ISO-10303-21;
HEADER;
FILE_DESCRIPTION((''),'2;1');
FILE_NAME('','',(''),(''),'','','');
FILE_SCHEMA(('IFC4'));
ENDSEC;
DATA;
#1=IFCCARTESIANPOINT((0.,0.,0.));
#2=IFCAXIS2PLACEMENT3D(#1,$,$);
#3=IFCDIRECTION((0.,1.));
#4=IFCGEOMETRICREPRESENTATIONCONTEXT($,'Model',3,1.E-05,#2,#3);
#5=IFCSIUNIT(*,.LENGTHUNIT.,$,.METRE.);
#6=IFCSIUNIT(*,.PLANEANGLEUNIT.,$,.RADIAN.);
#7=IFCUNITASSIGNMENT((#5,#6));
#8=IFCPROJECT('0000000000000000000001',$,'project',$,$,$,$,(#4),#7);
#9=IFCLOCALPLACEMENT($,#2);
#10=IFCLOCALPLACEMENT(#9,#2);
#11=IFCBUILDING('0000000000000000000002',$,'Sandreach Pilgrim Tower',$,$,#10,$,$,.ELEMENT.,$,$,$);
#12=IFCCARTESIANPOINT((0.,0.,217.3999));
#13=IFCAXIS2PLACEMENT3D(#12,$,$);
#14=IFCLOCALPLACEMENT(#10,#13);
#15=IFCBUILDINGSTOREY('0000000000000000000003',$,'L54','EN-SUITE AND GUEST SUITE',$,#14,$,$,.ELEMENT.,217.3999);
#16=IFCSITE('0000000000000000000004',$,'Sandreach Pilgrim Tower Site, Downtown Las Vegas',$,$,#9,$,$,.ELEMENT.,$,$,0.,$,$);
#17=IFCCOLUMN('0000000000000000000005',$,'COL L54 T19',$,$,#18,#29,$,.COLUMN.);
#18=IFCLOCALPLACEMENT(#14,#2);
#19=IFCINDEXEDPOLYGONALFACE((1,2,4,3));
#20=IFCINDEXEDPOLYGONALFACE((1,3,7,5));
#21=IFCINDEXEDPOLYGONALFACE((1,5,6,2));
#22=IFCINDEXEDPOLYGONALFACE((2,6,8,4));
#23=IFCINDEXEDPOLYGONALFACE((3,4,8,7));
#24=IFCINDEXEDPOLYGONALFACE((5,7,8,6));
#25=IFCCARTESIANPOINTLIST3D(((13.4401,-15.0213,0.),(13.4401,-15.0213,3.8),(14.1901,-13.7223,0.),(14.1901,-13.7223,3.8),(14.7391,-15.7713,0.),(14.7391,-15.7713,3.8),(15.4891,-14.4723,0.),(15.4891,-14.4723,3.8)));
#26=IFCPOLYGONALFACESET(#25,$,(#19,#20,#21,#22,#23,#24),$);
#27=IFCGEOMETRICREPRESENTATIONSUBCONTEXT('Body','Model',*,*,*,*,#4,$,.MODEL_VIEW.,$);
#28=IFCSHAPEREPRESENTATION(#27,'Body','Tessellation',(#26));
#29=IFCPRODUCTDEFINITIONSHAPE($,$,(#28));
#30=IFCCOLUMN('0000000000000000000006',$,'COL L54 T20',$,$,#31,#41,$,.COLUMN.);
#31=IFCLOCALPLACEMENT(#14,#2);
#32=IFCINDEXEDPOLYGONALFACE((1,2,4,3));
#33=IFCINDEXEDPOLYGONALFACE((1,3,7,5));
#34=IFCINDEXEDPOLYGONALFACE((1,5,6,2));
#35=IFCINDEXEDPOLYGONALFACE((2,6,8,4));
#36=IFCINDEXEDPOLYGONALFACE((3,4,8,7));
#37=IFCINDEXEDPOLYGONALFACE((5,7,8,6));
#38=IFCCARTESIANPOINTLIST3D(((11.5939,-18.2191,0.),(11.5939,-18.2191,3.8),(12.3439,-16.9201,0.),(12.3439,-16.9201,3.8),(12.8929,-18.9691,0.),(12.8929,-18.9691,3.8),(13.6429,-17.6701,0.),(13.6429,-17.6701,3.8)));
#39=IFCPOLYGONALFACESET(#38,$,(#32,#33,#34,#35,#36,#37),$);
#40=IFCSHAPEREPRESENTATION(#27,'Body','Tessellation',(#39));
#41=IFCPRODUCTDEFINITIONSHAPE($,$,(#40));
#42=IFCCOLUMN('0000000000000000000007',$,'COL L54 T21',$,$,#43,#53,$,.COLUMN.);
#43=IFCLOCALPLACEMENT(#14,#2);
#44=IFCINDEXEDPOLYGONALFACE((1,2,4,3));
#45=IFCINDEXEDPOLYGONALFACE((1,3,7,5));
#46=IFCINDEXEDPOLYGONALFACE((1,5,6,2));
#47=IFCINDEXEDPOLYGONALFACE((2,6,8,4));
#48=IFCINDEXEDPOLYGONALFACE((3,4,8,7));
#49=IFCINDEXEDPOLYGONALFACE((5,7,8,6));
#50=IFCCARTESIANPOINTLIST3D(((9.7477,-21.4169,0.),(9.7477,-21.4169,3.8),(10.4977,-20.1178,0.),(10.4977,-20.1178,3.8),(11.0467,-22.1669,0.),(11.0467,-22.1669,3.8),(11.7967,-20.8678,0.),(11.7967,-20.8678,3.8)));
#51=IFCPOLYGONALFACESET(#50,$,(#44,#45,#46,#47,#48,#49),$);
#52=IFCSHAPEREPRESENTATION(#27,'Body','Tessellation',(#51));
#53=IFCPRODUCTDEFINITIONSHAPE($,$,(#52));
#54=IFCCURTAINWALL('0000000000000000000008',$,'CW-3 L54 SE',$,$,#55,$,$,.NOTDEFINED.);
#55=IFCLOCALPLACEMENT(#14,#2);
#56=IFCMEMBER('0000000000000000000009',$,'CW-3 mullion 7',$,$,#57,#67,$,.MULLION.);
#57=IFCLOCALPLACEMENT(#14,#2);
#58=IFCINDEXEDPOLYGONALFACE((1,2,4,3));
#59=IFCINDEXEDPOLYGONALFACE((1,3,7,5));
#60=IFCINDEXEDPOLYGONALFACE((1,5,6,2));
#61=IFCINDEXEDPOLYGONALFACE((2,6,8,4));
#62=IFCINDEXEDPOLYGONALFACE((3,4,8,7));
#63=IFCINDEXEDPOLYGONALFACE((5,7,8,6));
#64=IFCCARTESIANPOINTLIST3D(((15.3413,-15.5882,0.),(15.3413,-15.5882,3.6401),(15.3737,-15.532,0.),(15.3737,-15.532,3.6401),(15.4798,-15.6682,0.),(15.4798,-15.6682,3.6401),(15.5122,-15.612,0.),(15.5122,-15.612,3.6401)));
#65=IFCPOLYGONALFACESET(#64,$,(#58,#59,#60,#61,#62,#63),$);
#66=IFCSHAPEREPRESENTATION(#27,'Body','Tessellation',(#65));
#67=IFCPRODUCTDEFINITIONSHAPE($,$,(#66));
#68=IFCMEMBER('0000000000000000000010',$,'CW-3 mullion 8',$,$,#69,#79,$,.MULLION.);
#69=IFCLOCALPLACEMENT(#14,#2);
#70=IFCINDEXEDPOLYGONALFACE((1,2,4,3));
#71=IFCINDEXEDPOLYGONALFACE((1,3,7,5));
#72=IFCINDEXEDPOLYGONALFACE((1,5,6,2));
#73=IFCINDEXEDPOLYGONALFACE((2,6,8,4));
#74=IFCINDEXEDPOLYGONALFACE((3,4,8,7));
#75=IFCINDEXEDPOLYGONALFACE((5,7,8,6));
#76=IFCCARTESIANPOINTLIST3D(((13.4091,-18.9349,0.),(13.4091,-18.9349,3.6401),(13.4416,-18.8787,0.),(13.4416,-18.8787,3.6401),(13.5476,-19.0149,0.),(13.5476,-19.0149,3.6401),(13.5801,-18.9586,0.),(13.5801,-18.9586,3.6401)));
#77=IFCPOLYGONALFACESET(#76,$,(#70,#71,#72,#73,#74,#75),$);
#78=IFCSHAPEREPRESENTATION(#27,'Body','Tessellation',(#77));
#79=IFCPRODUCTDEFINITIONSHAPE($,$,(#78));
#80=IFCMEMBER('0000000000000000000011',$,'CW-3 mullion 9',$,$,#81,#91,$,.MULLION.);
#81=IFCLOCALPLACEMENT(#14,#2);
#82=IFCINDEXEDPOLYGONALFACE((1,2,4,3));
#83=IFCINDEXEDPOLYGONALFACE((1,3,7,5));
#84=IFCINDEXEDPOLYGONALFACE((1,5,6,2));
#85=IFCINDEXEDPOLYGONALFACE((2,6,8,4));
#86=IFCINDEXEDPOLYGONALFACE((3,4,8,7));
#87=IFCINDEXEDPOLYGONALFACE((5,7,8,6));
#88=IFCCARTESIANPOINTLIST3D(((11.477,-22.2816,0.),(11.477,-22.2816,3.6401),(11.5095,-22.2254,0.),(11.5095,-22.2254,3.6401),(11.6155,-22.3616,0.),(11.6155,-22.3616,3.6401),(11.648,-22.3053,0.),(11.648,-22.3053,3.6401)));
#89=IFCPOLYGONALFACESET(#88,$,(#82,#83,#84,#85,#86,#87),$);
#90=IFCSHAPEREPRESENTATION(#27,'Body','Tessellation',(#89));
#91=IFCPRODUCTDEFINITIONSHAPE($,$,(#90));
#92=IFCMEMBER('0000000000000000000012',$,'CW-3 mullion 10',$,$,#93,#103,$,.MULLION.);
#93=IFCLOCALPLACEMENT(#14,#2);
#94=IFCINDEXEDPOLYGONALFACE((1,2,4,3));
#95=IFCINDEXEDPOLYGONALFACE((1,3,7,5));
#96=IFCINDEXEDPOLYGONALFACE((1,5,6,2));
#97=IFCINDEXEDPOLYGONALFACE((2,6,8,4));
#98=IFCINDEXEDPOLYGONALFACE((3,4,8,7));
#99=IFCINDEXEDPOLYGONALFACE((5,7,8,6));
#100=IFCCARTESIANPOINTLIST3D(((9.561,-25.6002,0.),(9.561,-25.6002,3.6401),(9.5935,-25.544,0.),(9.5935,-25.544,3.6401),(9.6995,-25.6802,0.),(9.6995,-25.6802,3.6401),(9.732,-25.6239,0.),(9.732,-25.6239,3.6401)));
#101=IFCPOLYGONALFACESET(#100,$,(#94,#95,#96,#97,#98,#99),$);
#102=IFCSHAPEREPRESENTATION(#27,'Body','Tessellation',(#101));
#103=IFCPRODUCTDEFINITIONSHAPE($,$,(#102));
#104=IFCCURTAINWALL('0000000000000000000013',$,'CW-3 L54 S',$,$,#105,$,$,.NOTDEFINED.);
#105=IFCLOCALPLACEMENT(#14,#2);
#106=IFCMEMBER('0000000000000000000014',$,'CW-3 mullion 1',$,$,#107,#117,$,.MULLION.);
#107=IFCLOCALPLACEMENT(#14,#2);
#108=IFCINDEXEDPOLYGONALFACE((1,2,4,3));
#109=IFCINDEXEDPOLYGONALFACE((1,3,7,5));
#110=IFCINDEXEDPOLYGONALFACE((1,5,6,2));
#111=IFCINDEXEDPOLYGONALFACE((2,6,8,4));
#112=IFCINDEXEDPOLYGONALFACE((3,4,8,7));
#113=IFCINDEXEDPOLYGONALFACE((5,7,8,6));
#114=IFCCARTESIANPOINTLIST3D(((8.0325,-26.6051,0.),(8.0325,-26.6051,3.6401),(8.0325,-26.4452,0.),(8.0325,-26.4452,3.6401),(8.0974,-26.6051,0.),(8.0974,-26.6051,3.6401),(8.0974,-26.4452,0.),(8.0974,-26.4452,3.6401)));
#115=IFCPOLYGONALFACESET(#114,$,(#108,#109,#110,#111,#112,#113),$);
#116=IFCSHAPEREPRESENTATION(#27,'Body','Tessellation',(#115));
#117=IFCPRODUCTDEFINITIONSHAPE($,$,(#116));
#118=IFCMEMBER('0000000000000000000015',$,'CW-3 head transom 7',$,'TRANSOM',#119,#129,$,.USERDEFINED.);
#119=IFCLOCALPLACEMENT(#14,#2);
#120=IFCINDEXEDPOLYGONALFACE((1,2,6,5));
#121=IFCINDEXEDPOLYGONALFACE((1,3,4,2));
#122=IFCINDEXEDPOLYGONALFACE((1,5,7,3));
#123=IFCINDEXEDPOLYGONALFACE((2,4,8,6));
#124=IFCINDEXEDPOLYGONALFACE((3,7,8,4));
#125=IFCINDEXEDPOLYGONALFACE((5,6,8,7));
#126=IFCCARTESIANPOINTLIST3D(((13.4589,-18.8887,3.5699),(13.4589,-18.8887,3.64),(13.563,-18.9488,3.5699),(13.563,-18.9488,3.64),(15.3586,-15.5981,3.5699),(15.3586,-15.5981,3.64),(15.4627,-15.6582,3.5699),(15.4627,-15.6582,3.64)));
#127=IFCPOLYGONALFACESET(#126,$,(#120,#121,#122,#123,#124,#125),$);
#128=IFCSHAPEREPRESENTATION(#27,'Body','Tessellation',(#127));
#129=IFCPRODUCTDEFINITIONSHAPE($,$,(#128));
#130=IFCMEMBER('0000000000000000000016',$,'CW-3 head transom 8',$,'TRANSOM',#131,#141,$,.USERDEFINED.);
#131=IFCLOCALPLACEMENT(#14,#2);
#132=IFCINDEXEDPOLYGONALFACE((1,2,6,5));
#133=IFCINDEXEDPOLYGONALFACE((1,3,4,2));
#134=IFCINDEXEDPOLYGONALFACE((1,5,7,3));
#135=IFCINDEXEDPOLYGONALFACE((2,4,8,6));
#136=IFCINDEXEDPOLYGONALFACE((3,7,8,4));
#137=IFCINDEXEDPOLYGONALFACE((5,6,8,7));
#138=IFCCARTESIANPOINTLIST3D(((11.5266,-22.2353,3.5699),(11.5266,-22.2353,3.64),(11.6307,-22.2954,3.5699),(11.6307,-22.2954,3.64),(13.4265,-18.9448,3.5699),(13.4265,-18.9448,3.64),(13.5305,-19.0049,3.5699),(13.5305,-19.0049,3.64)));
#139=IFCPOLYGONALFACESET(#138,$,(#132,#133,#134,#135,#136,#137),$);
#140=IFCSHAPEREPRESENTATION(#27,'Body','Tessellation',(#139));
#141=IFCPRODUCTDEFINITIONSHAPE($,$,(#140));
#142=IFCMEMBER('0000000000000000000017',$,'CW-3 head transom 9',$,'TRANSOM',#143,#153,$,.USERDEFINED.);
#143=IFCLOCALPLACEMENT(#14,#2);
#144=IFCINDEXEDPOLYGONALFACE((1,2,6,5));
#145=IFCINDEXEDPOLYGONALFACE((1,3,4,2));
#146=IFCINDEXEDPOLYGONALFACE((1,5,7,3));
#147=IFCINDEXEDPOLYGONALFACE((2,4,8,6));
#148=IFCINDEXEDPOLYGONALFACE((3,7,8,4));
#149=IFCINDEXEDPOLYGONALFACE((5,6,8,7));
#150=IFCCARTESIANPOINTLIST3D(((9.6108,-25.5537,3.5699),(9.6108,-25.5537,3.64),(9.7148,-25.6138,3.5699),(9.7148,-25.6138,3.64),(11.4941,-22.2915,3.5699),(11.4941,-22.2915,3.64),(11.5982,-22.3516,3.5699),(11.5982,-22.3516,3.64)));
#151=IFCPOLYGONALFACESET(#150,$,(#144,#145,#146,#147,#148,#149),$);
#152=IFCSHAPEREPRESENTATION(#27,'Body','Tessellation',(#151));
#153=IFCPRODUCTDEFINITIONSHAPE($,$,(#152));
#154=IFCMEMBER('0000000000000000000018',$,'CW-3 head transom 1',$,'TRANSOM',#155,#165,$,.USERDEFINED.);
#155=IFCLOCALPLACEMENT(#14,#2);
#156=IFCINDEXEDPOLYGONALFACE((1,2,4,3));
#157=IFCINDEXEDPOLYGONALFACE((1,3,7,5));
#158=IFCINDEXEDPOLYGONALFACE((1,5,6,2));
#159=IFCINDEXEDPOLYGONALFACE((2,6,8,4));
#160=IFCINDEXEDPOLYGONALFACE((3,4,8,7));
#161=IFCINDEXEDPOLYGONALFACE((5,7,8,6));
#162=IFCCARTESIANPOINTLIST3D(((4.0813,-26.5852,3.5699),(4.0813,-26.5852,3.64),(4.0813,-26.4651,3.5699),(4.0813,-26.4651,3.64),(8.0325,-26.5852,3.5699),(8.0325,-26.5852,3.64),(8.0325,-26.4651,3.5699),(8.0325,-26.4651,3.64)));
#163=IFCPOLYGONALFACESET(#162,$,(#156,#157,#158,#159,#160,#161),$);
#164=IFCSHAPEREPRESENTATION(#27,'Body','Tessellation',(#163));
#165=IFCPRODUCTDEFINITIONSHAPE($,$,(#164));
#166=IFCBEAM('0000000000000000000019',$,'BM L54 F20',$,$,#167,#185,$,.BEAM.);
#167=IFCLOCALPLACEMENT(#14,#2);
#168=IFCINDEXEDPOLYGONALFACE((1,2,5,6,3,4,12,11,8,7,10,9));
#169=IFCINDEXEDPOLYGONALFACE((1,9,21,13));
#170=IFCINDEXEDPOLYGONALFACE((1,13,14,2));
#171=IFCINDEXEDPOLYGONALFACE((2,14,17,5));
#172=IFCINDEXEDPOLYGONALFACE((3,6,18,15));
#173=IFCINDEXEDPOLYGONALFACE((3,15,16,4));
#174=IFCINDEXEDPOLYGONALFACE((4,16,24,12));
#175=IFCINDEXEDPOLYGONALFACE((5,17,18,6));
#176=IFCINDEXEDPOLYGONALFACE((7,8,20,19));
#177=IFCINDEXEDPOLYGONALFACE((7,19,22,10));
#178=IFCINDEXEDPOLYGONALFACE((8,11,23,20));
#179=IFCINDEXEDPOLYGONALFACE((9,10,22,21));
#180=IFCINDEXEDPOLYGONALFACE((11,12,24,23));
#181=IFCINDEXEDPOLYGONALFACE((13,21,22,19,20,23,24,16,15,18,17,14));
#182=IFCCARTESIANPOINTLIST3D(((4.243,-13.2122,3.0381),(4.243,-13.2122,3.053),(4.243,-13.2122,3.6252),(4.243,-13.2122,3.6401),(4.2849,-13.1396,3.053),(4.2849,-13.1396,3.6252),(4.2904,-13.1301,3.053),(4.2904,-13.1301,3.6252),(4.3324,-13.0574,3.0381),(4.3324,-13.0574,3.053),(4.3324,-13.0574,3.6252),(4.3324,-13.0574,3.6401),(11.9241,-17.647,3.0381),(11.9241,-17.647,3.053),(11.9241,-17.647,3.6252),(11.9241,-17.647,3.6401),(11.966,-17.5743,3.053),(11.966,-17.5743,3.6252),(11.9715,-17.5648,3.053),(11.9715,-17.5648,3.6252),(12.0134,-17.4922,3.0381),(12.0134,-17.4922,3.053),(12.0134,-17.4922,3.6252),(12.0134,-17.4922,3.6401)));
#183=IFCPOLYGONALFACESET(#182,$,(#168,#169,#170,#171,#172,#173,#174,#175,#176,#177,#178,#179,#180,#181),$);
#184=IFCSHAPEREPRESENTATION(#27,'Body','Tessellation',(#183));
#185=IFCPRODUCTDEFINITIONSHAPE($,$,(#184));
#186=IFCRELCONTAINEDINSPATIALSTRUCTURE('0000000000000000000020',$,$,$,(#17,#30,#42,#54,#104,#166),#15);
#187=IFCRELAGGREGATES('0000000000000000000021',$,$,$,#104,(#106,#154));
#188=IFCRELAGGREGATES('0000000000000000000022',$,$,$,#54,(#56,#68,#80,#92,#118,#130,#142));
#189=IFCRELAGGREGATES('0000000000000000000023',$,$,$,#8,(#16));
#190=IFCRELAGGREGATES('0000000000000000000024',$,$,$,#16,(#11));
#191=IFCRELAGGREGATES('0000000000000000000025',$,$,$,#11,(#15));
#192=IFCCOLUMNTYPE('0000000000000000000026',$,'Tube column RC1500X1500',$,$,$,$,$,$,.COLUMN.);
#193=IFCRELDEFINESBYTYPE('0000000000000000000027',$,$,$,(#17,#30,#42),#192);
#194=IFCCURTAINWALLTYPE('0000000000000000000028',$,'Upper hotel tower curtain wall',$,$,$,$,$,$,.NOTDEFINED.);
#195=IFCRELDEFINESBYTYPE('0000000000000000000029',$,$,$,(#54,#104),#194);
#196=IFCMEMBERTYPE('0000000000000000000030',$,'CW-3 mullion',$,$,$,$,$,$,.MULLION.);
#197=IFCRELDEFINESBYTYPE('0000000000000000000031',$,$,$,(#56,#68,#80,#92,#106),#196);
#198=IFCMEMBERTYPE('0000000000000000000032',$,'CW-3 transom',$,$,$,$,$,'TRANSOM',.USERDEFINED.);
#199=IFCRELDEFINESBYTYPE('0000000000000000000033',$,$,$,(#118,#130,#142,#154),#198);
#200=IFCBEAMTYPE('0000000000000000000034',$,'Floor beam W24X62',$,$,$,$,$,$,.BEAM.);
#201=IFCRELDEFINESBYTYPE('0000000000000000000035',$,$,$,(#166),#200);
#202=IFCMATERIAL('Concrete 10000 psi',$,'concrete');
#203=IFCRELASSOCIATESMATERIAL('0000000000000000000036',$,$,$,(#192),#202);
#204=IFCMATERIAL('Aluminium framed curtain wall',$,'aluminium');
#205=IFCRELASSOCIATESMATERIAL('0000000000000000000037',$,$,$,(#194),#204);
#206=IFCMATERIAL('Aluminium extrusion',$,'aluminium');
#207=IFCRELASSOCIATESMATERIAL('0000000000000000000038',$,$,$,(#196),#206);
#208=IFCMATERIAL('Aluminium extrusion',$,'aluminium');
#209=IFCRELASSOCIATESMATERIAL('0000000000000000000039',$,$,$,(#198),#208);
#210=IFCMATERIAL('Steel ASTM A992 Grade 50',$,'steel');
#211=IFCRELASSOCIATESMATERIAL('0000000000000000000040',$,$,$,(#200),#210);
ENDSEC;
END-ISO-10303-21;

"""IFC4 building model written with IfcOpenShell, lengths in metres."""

from ifc_helpers import new_model, si_unit, direction, frame, origin, origin_2d, place, context, subcontext, project, spatial, rectangle, i_section, extrude, material, material_profile, profile_set, type_object, element, aggregate, save


model = new_model("IFC4")

# Units and contexts
model_context = context("Model", 3, precision=1e-05, world=origin(), true_north=direction((0.0, 1.0)))
body_context = subcontext(model_context, "Body", "Model", "MODEL_VIEW")
ifc_project = project(units=[si_unit("LENGTHUNIT", "METRE"), si_unit("PLANEANGLEUNIT", "RADIAN")], contexts=[model_context])

# Site, building, storey
site_placement = place(None, origin())
site = spatial("IfcSite", under=ifc_project, at=site_placement, Name="Sandreach Pilgrim Tower Site, Downtown Las Vegas", CompositionType="ELEMENT", RefElevation=0.0)
building_placement = place(site_placement, origin())
building = spatial("IfcBuilding", under=site, at=building_placement, Name="Sandreach Pilgrim Tower", CompositionType="ELEMENT")
storey_placement = place(building_placement, frame((0.0, 0.0, 217.3999)))
storey = spatial("IfcBuildingStorey", under=building, at=storey_placement, Name="L54", Description="EN-SUITE AND GUEST SUITE", CompositionType="ELEMENT", Elevation=217.3999)

# Columns
ifc_material_1 = material(Name="Concrete 10000 psi", Category="concrete")
ifc_material_profile_1 = material_profile(ifc_material_1, rectangle(XDim=1.5, YDim=1.5, at=origin_2d()), Name="RC1500X1500")
ifc_profile_set_1 = profile_set([ifc_material_profile_1], Name="Concrete 10000 psi")
column_type = type_object("IfcColumnType", Name="Tube column RC1500X1500", PredefinedType="COLUMN", material=ifc_profile_set_1)
for number, where, z_axis, x_axis, name in (
    (1, (14.4646, -14.7468, 0.0), (0.0, 0.0, 1.0), (0.866025, -0.5, 0.0), "COL L54 T19"),
    (2, (12.6184, -17.9446, 0.0), (0.0, 0.0, 1.0), (0.866025, -0.5, 0.0), "COL L54 T20"),
    (3, (10.7722, -21.1423, 0.0), (0.0, 0.0, 1.0), (0.866025, -0.5, 0.0), "COL L54 T21"),
):
    element("IfcColumn", number, at=place(storey_placement, frame(where, z_axis=z_axis, x_axis=x_axis)), inside=storey, type_object=column_type, Name=name, PredefinedType="COLUMN", context=body_context, shape_type="SweptSolid", body=[
        extrude(rectangle(XDim=1.5, YDim=1.5, at=origin_2d()), origin(), (0.0, 0.0, 1.0), 3.8),
    ])

# Curtain wall, members
ifc_material_2 = material(Name="Aluminium framed curtain wall", Category="aluminium")
curtain_wall_type = type_object("IfcCurtainWallType", Name="Upper hotel tower curtain wall", PredefinedType="NOTDEFINED", material=ifc_material_2)
curtain_wall_1_placement = place(storey_placement, origin())
curtain_wall_1 = element("IfcCurtainWall", 4, at=curtain_wall_1_placement, inside=storey, type_object=curtain_wall_type, Name="CW-3 L54 SE", PredefinedType="NOTDEFINED")
ifc_material_3 = material(Name="Aluminium extrusion", Category="aluminium")
ifc_material_profile_2 = material_profile(ifc_material_3, rectangle(XDim=0.0649, YDim=0.1599, at=origin_2d()), Name="CW-3M 65X160")
ifc_profile_set_2 = profile_set([ifc_material_profile_2], Name="Aluminium extrusion")
member_type_1 = type_object("IfcMemberType", Name="CW-3 mullion", PredefinedType="MULLION", material=ifc_profile_set_2)
member_1_placement = place(storey_placement, frame((15.4268, -15.6001, 0.0), z_axis=(0.0, 0.0, 1.0), x_axis=(-0.5, -0.866025, 0.0)))
member_1 = element("IfcMember", 5, at=member_1_placement, type_object=member_type_1, Name="CW-3 mullion 7", PredefinedType="MULLION", context=body_context, shape_type="SweptSolid", body=[
    extrude(rectangle(XDim=0.0649, YDim=0.1599, at=origin_2d()), origin(), (0.0, 0.0, 1.0), 3.6401),
])
member_2_placement = place(storey_placement, frame((13.4946, -18.9468, 0.0), z_axis=(0.0, 0.0, 1.0), x_axis=(-0.5, -0.866025, 0.0)))
member_2 = element("IfcMember", 6, at=member_2_placement, type_object=member_type_1, Name="CW-3 mullion 8", PredefinedType="MULLION", context=body_context, shape_type="SweptSolid", body=[
    extrude(rectangle(XDim=0.0649, YDim=0.1599, at=origin_2d()), origin(), (0.0, 0.0, 1.0), 3.6401),
])
member_3_placement = place(storey_placement, frame((11.5625, -22.2935, 0.0), z_axis=(0.0, 0.0, 1.0), x_axis=(-0.5, -0.866025, 0.0)))
member_3 = element("IfcMember", 7, at=member_3_placement, type_object=member_type_1, Name="CW-3 mullion 9", PredefinedType="MULLION", context=body_context, shape_type="SweptSolid", body=[
    extrude(rectangle(XDim=0.0649, YDim=0.1599, at=origin_2d()), origin(), (0.0, 0.0, 1.0), 3.6401),
])
member_4_placement = place(storey_placement, frame((9.6465, -25.6121, 0.0), z_axis=(0.0, 0.0, 1.0), x_axis=(-0.5, -0.866025, 0.0)))
member_4 = element("IfcMember", 8, at=member_4_placement, type_object=member_type_1, Name="CW-3 mullion 10", PredefinedType="MULLION", context=body_context, shape_type="SweptSolid", body=[
    extrude(rectangle(XDim=0.0649, YDim=0.1599, at=origin_2d()), origin(), (0.0, 0.0, 1.0), 3.6401),
])

# Curtain wall, member
curtain_wall_2_placement = place(storey_placement, origin())
curtain_wall_2 = element("IfcCurtainWall", 9, at=curtain_wall_2_placement, inside=storey, type_object=curtain_wall_type, Name="CW-3 L54 S", PredefinedType="NOTDEFINED")
member_5_placement = place(storey_placement, frame((8.0649, -26.5251, 0.0), z_axis=(0.0, 0.0, 1.0), x_axis=(-1.0, 0.0, 0.0)))
member_5 = element("IfcMember", 10, at=member_5_placement, type_object=member_type_1, Name="CW-3 mullion 1", PredefinedType="MULLION", context=body_context, shape_type="SweptSolid", body=[
    extrude(rectangle(XDim=0.0649, YDim=0.1599, at=origin_2d()), origin(), (0.0, 0.0, 1.0), 3.6401),
])

# Members
ifc_material_4 = material(Name="Aluminium extrusion", Category="aluminium")
ifc_material_profile_3 = material_profile(ifc_material_4, rectangle(XDim=0.1201, YDim=0.0701, at=origin_2d()), Name="CW-3T 120X70")
ifc_profile_set_3 = profile_set([ifc_material_profile_3], Name="Aluminium extrusion")
member_type_2 = type_object("IfcMemberType", Name="CW-3 transom", ElementType="TRANSOM", PredefinedType="USERDEFINED", material=ifc_profile_set_3)
member_6_placement = place(storey_placement, frame((15.4106, -15.6282, 3.605), z_axis=(-0.499975, -0.86604, 0.0), x_axis=(0.86604, -0.499975, 0.0)))
member_6 = element("IfcMember", 11, at=member_6_placement, type_object=member_type_2, Name="CW-3 head transom 7", ObjectType="TRANSOM", PredefinedType="USERDEFINED", context=body_context, shape_type="SweptSolid", body=[
    extrude(rectangle(XDim=0.1201, YDim=0.0701, at=origin_2d()), origin(), (0.0, 0.0, 1.0), 3.7996),
])
member_7_placement = place(storey_placement, frame((13.4785, -18.9749, 3.605), z_axis=(-0.500023, -0.866012, 0.0), x_axis=(0.866012, -0.500023, 0.0)))
member_7 = element("IfcMember", 12, at=member_7_placement, type_object=member_type_2, Name="CW-3 head transom 8", ObjectType="TRANSOM", PredefinedType="USERDEFINED", context=body_context, shape_type="SweptSolid", body=[
    extrude(rectangle(XDim=0.1201, YDim=0.0701, at=origin_2d()), origin(), (0.0, 0.0, 1.0), 3.7996),
])
member_8_placement = place(storey_placement, frame((11.5461, -22.3215, 3.605), z_axis=(-0.499973, -0.866041, 0.0), x_axis=(0.866041, -0.499973, 0.0)))
member_8 = element("IfcMember", 13, at=member_8_placement, type_object=member_type_2, Name="CW-3 head transom 9", ObjectType="TRANSOM", PredefinedType="USERDEFINED", context=body_context, shape_type="SweptSolid", body=[
    extrude(rectangle(XDim=0.1201, YDim=0.0701, at=origin_2d()), origin(), (0.0, 0.0, 1.0), 3.7668),
])
member_9_placement = place(storey_placement, frame((8.0325, -26.5251, 3.605), z_axis=(-1.0, 0.0, 0.0), x_axis=(0.0, -1.0, 0.0)))
member_9 = element("IfcMember", 14, at=member_9_placement, type_object=member_type_2, Name="CW-3 head transom 1", ObjectType="TRANSOM", PredefinedType="USERDEFINED", context=body_context, shape_type="SweptSolid", body=[
    extrude(rectangle(XDim=0.1201, YDim=0.0701, at=origin_2d()), origin(), (0.0, 0.0, 1.0), 3.9512),
])
aggregate(curtain_wall_2, [member_5, member_9])

# Beam
ifc_material_5 = material(Name="Steel ASTM A992 Grade 50", Category="steel")
ifc_material_profile_4 = material_profile(ifc_material_5, i_section(OverallWidth=0.1787, OverallDepth=0.6021, WebThickness=0.011, FlangeThickness=0.0149, at=origin_2d()), Name="W24X62")
ifc_profile_set_4 = profile_set([ifc_material_profile_4], Name="Steel ASTM A992 Grade 50")
beam_type_1 = type_object("IfcBeamType", Name="Floor beam W24X62", PredefinedType="BEAM", material=ifc_profile_set_4)
beam_1_placement = place(storey_placement, frame((11.9688, -17.5696, 3.3391), z_axis=(-0.866021, 0.500008, 0.0), x_axis=(-0.500008, -0.866021, 0.0)))
element("IfcBeam", 15, at=beam_1_placement, inside=storey, type_object=beam_type_1, Name="BM L54 F20", PredefinedType="BEAM", context=body_context, shape_type="SweptSolid", body=[
    extrude(i_section(OverallWidth=0.1787, OverallDepth=0.6021, WebThickness=0.011, FlangeThickness=0.0149, at=origin_2d()), origin(), (0.0, 0.0, 1.0), 8.8694),
])

aggregate(curtain_wall_1, [member_1, member_2, member_3, member_4, member_6, member_7, member_8])

save(model, "model.ifc")
